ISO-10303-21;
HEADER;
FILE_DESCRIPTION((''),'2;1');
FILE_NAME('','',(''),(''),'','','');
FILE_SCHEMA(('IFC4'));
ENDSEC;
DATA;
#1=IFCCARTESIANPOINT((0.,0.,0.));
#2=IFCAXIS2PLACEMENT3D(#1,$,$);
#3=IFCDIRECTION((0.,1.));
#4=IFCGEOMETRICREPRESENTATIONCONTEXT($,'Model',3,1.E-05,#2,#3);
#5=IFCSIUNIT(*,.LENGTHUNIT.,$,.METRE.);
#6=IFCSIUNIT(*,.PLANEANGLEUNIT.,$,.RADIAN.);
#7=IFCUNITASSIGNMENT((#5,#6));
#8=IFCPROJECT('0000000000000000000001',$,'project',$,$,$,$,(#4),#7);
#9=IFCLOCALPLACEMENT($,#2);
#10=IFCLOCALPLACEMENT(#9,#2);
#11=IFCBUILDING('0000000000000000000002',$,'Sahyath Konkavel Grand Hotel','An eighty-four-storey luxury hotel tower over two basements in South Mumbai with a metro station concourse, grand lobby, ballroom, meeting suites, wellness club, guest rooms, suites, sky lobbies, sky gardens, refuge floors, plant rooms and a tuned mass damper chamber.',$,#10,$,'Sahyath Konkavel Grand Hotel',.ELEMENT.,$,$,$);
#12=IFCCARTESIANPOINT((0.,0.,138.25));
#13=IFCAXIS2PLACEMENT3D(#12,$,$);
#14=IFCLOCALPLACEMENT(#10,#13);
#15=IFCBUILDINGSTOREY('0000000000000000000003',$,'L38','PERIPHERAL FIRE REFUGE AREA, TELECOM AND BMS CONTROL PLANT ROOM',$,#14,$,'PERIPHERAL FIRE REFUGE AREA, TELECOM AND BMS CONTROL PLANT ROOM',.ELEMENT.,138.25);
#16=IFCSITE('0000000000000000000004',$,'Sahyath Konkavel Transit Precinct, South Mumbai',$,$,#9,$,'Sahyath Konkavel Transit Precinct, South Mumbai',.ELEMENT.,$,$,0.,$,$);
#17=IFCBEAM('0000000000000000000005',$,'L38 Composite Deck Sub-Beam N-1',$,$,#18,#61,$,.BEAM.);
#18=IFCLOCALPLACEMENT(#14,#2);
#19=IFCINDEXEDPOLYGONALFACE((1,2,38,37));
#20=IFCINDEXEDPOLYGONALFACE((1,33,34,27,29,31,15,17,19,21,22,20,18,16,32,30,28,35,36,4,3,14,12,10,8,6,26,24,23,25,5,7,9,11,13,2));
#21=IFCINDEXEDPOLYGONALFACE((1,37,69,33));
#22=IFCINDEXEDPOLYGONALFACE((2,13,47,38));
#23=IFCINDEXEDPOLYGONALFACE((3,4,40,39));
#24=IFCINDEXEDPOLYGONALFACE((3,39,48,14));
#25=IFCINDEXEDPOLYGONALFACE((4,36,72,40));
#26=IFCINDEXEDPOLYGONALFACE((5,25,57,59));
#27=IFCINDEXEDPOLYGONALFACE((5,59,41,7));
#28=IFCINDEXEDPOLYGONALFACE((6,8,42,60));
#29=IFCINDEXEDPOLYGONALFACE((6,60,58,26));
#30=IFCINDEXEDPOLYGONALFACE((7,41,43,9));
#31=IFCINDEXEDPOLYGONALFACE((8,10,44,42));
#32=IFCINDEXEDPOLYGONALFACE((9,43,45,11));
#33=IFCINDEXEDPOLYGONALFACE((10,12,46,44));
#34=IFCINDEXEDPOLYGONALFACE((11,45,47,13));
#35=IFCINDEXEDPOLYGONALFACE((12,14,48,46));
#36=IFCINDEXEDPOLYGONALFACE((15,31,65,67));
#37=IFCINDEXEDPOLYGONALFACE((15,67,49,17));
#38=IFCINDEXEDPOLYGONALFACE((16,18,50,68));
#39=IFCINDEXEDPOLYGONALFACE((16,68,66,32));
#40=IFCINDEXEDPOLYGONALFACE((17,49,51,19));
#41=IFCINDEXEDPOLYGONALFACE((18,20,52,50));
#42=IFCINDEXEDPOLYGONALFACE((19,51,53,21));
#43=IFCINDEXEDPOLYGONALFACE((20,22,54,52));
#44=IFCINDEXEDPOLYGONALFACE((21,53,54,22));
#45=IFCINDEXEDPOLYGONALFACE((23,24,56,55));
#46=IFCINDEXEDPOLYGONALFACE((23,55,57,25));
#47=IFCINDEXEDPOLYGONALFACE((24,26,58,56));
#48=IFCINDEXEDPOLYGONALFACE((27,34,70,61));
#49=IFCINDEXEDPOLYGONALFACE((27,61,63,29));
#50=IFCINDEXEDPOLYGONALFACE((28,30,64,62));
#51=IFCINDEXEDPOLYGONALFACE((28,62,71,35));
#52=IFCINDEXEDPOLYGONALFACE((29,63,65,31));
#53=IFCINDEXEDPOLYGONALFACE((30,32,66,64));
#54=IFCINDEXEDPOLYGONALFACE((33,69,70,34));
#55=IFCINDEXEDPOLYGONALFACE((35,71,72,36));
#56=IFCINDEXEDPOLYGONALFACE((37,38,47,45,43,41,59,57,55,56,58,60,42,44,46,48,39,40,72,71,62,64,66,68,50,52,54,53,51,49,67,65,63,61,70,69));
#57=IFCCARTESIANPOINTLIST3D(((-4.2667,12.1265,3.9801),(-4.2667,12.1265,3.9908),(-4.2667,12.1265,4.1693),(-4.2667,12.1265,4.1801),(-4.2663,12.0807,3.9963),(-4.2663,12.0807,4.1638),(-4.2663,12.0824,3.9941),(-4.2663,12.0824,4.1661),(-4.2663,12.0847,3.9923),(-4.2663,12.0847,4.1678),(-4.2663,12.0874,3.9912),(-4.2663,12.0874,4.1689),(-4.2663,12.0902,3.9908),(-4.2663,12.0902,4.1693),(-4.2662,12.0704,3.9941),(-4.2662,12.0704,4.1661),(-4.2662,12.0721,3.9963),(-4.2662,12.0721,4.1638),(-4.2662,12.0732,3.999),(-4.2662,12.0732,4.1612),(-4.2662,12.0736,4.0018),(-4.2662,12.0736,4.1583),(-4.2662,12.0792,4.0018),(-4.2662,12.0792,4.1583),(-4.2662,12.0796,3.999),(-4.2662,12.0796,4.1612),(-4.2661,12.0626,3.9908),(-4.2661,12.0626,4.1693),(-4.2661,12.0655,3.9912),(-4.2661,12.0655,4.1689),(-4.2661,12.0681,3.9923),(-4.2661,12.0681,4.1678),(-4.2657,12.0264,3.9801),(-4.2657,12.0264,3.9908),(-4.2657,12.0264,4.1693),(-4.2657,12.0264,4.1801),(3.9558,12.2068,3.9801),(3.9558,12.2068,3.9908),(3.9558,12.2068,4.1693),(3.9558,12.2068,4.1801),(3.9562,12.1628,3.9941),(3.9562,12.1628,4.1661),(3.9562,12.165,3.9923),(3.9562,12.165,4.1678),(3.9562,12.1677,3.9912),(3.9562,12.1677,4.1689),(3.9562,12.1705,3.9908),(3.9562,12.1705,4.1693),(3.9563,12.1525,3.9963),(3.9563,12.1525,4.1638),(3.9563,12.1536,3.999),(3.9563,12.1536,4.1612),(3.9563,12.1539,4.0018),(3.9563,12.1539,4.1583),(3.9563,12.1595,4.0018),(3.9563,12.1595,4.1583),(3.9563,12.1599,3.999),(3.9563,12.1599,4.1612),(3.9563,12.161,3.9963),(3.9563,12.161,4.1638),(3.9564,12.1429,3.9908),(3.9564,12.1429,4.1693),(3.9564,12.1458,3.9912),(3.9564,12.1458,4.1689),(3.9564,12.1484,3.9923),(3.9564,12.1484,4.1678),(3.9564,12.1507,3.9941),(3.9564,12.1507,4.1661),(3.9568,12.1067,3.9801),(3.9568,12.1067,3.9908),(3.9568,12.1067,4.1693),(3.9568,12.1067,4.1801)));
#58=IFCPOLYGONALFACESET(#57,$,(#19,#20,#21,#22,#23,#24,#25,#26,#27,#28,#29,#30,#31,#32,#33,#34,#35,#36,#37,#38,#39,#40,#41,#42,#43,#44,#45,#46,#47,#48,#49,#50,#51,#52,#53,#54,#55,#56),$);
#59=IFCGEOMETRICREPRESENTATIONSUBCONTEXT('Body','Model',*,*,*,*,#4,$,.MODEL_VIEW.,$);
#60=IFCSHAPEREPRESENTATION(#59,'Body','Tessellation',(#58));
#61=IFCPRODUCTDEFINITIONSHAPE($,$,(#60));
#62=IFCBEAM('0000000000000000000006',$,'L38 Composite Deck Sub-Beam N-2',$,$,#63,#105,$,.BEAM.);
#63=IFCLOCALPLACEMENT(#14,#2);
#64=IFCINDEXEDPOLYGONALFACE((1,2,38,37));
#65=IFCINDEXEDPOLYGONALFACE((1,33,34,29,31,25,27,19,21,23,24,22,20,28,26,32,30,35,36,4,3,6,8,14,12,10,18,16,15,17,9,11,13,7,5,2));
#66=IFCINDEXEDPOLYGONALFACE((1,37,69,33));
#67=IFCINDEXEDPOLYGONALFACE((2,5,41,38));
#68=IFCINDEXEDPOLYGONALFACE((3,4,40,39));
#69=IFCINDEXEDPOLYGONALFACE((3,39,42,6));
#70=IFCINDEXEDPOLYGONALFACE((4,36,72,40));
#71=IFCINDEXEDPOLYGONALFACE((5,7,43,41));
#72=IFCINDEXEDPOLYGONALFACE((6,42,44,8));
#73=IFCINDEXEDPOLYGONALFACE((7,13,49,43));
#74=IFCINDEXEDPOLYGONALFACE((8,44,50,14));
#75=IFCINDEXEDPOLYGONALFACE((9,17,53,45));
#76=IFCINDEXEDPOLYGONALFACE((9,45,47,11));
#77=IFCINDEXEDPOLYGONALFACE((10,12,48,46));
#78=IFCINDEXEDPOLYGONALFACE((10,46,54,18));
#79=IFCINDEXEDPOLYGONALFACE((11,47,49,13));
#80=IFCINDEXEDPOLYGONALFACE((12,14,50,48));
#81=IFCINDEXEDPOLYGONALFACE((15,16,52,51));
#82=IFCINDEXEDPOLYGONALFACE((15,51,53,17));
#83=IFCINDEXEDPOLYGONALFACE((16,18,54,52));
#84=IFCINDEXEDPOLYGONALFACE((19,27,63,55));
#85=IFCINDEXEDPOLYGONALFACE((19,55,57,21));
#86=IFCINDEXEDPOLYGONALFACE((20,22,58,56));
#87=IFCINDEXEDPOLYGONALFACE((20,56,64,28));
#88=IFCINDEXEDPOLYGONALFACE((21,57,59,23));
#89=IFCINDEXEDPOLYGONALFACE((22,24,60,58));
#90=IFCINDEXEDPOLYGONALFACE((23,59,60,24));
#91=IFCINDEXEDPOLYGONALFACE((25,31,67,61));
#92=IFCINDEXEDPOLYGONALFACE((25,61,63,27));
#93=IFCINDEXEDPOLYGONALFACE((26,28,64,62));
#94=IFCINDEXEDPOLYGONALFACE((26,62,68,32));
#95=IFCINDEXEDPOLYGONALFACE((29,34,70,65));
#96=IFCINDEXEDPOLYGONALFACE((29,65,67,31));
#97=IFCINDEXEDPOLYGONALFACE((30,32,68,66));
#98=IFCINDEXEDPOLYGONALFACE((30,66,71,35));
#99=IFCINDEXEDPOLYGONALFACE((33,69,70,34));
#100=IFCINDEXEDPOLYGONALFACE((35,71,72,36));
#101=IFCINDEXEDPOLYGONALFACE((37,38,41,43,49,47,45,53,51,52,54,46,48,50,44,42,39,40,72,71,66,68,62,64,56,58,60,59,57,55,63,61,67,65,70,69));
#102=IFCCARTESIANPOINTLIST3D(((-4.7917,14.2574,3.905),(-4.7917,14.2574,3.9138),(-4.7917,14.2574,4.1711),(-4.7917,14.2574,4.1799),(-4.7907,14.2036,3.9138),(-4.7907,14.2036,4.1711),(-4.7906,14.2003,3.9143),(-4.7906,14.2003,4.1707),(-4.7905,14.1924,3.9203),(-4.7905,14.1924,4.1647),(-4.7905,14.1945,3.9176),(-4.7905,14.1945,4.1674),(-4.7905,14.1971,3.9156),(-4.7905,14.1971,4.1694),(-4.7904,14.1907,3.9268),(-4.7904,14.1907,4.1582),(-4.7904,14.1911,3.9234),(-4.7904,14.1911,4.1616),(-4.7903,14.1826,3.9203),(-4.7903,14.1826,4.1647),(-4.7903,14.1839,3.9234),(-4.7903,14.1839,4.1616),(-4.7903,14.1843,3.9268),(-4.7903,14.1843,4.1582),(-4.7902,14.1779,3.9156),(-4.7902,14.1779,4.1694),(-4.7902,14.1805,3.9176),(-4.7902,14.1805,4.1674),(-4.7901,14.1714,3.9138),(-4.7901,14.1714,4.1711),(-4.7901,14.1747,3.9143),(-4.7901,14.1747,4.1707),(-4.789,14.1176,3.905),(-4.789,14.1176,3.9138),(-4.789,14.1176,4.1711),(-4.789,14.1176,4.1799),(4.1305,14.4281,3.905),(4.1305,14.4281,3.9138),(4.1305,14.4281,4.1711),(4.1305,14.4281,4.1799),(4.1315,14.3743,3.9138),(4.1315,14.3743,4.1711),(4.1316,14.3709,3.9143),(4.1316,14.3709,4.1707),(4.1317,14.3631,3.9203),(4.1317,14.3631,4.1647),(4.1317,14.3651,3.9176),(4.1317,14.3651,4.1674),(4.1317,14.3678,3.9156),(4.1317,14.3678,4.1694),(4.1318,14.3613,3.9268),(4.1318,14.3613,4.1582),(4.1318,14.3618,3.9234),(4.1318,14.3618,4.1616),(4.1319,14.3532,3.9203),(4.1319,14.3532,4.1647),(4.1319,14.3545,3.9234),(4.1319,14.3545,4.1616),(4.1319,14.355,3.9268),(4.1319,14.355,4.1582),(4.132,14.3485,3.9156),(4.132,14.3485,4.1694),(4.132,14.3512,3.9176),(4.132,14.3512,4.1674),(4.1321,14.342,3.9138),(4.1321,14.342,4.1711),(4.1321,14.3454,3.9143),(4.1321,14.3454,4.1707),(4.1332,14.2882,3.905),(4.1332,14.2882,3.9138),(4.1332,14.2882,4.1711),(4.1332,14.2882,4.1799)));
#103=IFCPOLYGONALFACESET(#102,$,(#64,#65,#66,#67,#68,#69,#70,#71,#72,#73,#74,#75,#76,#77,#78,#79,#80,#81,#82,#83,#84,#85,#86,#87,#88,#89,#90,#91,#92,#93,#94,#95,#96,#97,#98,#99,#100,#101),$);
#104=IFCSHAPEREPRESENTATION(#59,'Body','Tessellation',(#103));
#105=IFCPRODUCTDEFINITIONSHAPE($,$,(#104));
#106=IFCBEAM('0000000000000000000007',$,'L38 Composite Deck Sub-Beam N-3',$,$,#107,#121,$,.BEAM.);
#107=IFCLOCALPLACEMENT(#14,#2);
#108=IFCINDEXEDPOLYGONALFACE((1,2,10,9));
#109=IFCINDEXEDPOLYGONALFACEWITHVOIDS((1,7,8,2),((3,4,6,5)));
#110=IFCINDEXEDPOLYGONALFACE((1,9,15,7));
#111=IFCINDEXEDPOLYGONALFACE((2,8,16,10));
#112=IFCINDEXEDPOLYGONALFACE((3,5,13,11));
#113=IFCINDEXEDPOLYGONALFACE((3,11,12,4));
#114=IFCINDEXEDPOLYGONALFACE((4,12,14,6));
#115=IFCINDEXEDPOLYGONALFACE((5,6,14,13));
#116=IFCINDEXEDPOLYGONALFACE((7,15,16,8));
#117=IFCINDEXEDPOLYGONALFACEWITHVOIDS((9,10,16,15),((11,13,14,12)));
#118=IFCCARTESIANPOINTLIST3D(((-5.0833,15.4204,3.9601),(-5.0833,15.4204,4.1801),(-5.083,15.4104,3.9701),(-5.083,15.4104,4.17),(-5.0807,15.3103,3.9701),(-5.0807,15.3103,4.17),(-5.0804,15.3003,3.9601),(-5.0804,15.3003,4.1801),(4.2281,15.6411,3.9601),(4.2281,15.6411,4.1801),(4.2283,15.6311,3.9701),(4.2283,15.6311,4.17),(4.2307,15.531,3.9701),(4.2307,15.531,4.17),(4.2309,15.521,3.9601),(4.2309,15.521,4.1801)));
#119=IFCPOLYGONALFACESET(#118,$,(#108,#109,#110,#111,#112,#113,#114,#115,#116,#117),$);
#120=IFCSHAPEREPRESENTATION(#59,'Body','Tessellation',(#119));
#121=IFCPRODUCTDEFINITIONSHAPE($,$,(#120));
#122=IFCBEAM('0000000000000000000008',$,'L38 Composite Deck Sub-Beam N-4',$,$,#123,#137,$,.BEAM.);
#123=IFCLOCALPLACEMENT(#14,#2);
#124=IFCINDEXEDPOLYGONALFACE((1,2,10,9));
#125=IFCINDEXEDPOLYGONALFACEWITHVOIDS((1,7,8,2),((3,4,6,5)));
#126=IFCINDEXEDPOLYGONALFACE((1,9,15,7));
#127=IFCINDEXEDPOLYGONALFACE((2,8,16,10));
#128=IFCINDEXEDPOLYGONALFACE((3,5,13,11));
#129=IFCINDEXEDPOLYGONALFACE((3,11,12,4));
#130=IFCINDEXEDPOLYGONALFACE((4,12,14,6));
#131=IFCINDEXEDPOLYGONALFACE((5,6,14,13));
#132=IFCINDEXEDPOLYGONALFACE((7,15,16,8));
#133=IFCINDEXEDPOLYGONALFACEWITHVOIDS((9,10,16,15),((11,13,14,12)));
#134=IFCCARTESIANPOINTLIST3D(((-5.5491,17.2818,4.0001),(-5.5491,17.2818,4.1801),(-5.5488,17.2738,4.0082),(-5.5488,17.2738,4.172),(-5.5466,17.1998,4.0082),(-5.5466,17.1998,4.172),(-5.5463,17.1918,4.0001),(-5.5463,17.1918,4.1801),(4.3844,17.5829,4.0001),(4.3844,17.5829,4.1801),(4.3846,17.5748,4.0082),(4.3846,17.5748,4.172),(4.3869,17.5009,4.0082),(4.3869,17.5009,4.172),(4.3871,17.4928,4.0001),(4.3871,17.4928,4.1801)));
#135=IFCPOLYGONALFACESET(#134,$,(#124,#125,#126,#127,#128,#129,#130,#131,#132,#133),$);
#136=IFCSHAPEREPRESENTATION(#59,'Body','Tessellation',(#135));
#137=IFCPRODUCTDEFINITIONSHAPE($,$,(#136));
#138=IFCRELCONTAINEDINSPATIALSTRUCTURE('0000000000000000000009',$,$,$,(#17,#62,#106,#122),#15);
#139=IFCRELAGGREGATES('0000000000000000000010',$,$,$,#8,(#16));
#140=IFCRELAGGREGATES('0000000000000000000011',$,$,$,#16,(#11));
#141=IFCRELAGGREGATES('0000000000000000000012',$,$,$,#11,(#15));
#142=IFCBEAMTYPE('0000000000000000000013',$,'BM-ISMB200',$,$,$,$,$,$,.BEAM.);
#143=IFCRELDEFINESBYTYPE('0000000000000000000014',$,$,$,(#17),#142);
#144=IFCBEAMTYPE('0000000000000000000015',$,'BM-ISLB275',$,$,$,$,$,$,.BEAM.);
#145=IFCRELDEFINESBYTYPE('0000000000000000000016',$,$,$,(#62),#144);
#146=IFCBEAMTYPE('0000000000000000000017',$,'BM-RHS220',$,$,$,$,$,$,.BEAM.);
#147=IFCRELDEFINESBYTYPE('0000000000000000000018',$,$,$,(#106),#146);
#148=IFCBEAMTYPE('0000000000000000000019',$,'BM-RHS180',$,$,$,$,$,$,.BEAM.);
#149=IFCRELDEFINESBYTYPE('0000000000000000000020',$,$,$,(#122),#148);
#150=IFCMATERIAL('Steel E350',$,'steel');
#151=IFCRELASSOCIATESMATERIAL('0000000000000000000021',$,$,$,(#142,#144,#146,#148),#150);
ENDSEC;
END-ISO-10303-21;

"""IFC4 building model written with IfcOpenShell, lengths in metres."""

from ifc_helpers import new_model, si_unit, direction, frame, origin, origin_2d, place, context, subcontext, project, spatial, hollow_rectangle, i_section, extrude, source, transform, mapped, material, material_profile, profile_set, type_object, element, save


model = new_model("IFC4")

# Units and contexts
model_context = context("Model", 3, precision=1e-05, world=origin(), true_north=direction((0.0, 1.0)))
body_context = subcontext(model_context, "Body", "Model", "MODEL_VIEW")
ifc_project = project(units=[si_unit("LENGTHUNIT", "METRE"), si_unit("PLANEANGLEUNIT", "RADIAN")], contexts=[model_context])

# Site, building, storey
site_placement = place(None, origin())
site = spatial("IfcSite", under=ifc_project, at=site_placement, Name="Sahyath Konkavel Transit Precinct, South Mumbai", LongName="Sahyath Konkavel Transit Precinct, South Mumbai", CompositionType="ELEMENT", RefElevation=0.0)
building_placement = place(site_placement, origin())
building = spatial("IfcBuilding", under=site, at=building_placement, Name="Sahyath Konkavel Grand Hotel", Description="An eighty-four-storey luxury hotel tower over two basements in South Mumbai with a metro station concourse, grand lobby, ballroom, meeting suites, wellness club, guest rooms, suites, sky lobbies, sky gardens, refuge floors, plant rooms and a tuned mass damper chamber.", LongName="Sahyath Konkavel Grand Hotel", CompositionType="ELEMENT")
storey_placement = place(building_placement, frame((0.0, 0.0, 138.25)))
storey = spatial("IfcBuildingStorey", under=building, at=storey_placement, Name="L38", Description="PERIPHERAL FIRE REFUGE AREA, TELECOM AND BMS CONTROL PLANT ROOM", LongName="PERIPHERAL FIRE REFUGE AREA, TELECOM AND BMS CONTROL PLANT ROOM", CompositionType="ELEMENT", Elevation=138.25)

# Shared definitions
ifc_material_1 = material(Name="Steel E350", Category="steel")

# Beams
ifc_material_profile_1 = material_profile(ifc_material_1, i_section(OverallWidth=0.1001, OverallDepth=0.2, WebThickness=0.0056, FlangeThickness=0.0107, FilletRadius=0.011, at=origin_2d()), Name="ISMB 200")
ifc_profile_set_1 = profile_set([ifc_material_profile_1], Name="Steel E350")
beam_type_1 = type_object("IfcBeamType", Name="BM-ISMB200", PredefinedType="BEAM", material=ifc_profile_set_1)
shared_shape_1 = source(origin(), body_context, "Body", "SweptSolid", [
    extrude(i_section(OverallWidth=0.1001, OverallDepth=0.2, WebThickness=0.0056, FlangeThickness=0.0107, FilletRadius=0.011, at=origin_2d()), origin(), (0.0, 0.0, 1.0), 8.2229),
])
beam_1_placement = place(storey_placement, frame((3.9563, 12.1567, 4.0801), z_axis=(-0.999952, -0.009768, 0.0), x_axis=(0.009768, -0.999952, 0.0)))
element("IfcBeam", 1, at=beam_1_placement, inside=storey, type_object=beam_type_1, Name="L38 Composite Deck Sub-Beam N-1", PredefinedType="BEAM", context=body_context, shape_type="MappedRepresentation", body=[
    mapped(shared_shape_1, transform((0.0, 0.0, 0.0), scale=1.0)),
])
ifc_material_profile_2 = material_profile(ifc_material_1, i_section(OverallWidth=0.1399, OverallDepth=0.2749, WebThickness=0.0063, FlangeThickness=0.0088, FilletRadius=0.0129, at=origin_2d()), Name="ISLB 275")
ifc_profile_set_2 = profile_set([ifc_material_profile_2], Name="Steel E350")
beam_type_2 = type_object("IfcBeamType", Name="BM-ISLB275", PredefinedType="BEAM", material=ifc_profile_set_2)
shared_shape_2 = source(origin(), body_context, "Body", "SweptSolid", [
    extrude(i_section(OverallWidth=0.1399, OverallDepth=0.2749, WebThickness=0.0063, FlangeThickness=0.0088, FilletRadius=0.0129, at=origin_2d()), origin(), (0.0, 0.0, 1.0), 8.9238),
])
beam_2_placement = place(storey_placement, frame((4.1318, 14.3582, 4.0425), z_axis=(-0.999817, -0.019124, 0.0), x_axis=(0.019124, -0.999817, 0.0)))
element("IfcBeam", 2, at=beam_2_placement, inside=storey, type_object=beam_type_2, Name="L38 Composite Deck Sub-Beam N-2", PredefinedType="BEAM", context=body_context, shape_type="MappedRepresentation", body=[
    mapped(shared_shape_2, transform((0.0, 0.0, 0.0), scale=1.0)),
])
ifc_material_profile_3 = material_profile(ifc_material_1, hollow_rectangle(XDim=0.1201, YDim=0.22, WallThickness=0.01, at=origin_2d()), Name="RHS 220x120x10")
ifc_profile_set_3 = profile_set([ifc_material_profile_3], Name="Steel E350")
beam_type_3 = type_object("IfcBeamType", Name="BM-RHS220", PredefinedType="BEAM", material=ifc_profile_set_3)
shared_shape_3 = source(origin(), body_context, "Body", "SweptSolid", [
    extrude(hollow_rectangle(XDim=0.1201, YDim=0.22, WallThickness=0.01, at=origin_2d()), origin(), (0.0, 0.0, 1.0), 9.314),
])
beam_3_placement = place(storey_placement, frame((4.2295, 15.5811, 4.0701), z_axis=(-0.999719, -0.023696, 0.0), x_axis=(0.023696, -0.999719, 0.0)))
element("IfcBeam", 3, at=beam_3_placement, inside=storey, type_object=beam_type_3, Name="L38 Composite Deck Sub-Beam N-3", PredefinedType="BEAM", context=body_context, shape_type="MappedRepresentation", body=[
    mapped(shared_shape_3, transform((0.0, 0.0, 0.0), scale=1.0)),
])
ifc_material_profile_4 = material_profile(ifc_material_1, hollow_rectangle(XDim=0.0901, YDim=0.1799, WallThickness=0.0081, at=origin_2d()), Name="RHS 180x90x8")
ifc_profile_set_4 = profile_set([ifc_material_profile_4], Name="Steel E350")
beam_type_4 = type_object("IfcBeamType", Name="BM-RHS180", PredefinedType="BEAM", material=ifc_profile_set_4)
shared_shape_4 = source(origin(), body_context, "Body", "SweptSolid", [
    extrude(hollow_rectangle(XDim=0.0901, YDim=0.1799, WallThickness=0.0081, at=origin_2d()), origin(), (0.0, 0.0, 1.0), 9.938),
])
beam_4_placement = place(storey_placement, frame((4.3857, 17.5378, 4.0901), z_axis=(-0.999541, -0.030291, 0.0), x_axis=(0.030291, -0.999541, 0.0)))
element("IfcBeam", 4, at=beam_4_placement, inside=storey, type_object=beam_type_4, Name="L38 Composite Deck Sub-Beam N-4", PredefinedType="BEAM", context=body_context, shape_type="MappedRepresentation", body=[
    mapped(shared_shape_4, transform((0.0, 0.0, 0.0), scale=1.0)),
])

save(model, "model.ifc")
